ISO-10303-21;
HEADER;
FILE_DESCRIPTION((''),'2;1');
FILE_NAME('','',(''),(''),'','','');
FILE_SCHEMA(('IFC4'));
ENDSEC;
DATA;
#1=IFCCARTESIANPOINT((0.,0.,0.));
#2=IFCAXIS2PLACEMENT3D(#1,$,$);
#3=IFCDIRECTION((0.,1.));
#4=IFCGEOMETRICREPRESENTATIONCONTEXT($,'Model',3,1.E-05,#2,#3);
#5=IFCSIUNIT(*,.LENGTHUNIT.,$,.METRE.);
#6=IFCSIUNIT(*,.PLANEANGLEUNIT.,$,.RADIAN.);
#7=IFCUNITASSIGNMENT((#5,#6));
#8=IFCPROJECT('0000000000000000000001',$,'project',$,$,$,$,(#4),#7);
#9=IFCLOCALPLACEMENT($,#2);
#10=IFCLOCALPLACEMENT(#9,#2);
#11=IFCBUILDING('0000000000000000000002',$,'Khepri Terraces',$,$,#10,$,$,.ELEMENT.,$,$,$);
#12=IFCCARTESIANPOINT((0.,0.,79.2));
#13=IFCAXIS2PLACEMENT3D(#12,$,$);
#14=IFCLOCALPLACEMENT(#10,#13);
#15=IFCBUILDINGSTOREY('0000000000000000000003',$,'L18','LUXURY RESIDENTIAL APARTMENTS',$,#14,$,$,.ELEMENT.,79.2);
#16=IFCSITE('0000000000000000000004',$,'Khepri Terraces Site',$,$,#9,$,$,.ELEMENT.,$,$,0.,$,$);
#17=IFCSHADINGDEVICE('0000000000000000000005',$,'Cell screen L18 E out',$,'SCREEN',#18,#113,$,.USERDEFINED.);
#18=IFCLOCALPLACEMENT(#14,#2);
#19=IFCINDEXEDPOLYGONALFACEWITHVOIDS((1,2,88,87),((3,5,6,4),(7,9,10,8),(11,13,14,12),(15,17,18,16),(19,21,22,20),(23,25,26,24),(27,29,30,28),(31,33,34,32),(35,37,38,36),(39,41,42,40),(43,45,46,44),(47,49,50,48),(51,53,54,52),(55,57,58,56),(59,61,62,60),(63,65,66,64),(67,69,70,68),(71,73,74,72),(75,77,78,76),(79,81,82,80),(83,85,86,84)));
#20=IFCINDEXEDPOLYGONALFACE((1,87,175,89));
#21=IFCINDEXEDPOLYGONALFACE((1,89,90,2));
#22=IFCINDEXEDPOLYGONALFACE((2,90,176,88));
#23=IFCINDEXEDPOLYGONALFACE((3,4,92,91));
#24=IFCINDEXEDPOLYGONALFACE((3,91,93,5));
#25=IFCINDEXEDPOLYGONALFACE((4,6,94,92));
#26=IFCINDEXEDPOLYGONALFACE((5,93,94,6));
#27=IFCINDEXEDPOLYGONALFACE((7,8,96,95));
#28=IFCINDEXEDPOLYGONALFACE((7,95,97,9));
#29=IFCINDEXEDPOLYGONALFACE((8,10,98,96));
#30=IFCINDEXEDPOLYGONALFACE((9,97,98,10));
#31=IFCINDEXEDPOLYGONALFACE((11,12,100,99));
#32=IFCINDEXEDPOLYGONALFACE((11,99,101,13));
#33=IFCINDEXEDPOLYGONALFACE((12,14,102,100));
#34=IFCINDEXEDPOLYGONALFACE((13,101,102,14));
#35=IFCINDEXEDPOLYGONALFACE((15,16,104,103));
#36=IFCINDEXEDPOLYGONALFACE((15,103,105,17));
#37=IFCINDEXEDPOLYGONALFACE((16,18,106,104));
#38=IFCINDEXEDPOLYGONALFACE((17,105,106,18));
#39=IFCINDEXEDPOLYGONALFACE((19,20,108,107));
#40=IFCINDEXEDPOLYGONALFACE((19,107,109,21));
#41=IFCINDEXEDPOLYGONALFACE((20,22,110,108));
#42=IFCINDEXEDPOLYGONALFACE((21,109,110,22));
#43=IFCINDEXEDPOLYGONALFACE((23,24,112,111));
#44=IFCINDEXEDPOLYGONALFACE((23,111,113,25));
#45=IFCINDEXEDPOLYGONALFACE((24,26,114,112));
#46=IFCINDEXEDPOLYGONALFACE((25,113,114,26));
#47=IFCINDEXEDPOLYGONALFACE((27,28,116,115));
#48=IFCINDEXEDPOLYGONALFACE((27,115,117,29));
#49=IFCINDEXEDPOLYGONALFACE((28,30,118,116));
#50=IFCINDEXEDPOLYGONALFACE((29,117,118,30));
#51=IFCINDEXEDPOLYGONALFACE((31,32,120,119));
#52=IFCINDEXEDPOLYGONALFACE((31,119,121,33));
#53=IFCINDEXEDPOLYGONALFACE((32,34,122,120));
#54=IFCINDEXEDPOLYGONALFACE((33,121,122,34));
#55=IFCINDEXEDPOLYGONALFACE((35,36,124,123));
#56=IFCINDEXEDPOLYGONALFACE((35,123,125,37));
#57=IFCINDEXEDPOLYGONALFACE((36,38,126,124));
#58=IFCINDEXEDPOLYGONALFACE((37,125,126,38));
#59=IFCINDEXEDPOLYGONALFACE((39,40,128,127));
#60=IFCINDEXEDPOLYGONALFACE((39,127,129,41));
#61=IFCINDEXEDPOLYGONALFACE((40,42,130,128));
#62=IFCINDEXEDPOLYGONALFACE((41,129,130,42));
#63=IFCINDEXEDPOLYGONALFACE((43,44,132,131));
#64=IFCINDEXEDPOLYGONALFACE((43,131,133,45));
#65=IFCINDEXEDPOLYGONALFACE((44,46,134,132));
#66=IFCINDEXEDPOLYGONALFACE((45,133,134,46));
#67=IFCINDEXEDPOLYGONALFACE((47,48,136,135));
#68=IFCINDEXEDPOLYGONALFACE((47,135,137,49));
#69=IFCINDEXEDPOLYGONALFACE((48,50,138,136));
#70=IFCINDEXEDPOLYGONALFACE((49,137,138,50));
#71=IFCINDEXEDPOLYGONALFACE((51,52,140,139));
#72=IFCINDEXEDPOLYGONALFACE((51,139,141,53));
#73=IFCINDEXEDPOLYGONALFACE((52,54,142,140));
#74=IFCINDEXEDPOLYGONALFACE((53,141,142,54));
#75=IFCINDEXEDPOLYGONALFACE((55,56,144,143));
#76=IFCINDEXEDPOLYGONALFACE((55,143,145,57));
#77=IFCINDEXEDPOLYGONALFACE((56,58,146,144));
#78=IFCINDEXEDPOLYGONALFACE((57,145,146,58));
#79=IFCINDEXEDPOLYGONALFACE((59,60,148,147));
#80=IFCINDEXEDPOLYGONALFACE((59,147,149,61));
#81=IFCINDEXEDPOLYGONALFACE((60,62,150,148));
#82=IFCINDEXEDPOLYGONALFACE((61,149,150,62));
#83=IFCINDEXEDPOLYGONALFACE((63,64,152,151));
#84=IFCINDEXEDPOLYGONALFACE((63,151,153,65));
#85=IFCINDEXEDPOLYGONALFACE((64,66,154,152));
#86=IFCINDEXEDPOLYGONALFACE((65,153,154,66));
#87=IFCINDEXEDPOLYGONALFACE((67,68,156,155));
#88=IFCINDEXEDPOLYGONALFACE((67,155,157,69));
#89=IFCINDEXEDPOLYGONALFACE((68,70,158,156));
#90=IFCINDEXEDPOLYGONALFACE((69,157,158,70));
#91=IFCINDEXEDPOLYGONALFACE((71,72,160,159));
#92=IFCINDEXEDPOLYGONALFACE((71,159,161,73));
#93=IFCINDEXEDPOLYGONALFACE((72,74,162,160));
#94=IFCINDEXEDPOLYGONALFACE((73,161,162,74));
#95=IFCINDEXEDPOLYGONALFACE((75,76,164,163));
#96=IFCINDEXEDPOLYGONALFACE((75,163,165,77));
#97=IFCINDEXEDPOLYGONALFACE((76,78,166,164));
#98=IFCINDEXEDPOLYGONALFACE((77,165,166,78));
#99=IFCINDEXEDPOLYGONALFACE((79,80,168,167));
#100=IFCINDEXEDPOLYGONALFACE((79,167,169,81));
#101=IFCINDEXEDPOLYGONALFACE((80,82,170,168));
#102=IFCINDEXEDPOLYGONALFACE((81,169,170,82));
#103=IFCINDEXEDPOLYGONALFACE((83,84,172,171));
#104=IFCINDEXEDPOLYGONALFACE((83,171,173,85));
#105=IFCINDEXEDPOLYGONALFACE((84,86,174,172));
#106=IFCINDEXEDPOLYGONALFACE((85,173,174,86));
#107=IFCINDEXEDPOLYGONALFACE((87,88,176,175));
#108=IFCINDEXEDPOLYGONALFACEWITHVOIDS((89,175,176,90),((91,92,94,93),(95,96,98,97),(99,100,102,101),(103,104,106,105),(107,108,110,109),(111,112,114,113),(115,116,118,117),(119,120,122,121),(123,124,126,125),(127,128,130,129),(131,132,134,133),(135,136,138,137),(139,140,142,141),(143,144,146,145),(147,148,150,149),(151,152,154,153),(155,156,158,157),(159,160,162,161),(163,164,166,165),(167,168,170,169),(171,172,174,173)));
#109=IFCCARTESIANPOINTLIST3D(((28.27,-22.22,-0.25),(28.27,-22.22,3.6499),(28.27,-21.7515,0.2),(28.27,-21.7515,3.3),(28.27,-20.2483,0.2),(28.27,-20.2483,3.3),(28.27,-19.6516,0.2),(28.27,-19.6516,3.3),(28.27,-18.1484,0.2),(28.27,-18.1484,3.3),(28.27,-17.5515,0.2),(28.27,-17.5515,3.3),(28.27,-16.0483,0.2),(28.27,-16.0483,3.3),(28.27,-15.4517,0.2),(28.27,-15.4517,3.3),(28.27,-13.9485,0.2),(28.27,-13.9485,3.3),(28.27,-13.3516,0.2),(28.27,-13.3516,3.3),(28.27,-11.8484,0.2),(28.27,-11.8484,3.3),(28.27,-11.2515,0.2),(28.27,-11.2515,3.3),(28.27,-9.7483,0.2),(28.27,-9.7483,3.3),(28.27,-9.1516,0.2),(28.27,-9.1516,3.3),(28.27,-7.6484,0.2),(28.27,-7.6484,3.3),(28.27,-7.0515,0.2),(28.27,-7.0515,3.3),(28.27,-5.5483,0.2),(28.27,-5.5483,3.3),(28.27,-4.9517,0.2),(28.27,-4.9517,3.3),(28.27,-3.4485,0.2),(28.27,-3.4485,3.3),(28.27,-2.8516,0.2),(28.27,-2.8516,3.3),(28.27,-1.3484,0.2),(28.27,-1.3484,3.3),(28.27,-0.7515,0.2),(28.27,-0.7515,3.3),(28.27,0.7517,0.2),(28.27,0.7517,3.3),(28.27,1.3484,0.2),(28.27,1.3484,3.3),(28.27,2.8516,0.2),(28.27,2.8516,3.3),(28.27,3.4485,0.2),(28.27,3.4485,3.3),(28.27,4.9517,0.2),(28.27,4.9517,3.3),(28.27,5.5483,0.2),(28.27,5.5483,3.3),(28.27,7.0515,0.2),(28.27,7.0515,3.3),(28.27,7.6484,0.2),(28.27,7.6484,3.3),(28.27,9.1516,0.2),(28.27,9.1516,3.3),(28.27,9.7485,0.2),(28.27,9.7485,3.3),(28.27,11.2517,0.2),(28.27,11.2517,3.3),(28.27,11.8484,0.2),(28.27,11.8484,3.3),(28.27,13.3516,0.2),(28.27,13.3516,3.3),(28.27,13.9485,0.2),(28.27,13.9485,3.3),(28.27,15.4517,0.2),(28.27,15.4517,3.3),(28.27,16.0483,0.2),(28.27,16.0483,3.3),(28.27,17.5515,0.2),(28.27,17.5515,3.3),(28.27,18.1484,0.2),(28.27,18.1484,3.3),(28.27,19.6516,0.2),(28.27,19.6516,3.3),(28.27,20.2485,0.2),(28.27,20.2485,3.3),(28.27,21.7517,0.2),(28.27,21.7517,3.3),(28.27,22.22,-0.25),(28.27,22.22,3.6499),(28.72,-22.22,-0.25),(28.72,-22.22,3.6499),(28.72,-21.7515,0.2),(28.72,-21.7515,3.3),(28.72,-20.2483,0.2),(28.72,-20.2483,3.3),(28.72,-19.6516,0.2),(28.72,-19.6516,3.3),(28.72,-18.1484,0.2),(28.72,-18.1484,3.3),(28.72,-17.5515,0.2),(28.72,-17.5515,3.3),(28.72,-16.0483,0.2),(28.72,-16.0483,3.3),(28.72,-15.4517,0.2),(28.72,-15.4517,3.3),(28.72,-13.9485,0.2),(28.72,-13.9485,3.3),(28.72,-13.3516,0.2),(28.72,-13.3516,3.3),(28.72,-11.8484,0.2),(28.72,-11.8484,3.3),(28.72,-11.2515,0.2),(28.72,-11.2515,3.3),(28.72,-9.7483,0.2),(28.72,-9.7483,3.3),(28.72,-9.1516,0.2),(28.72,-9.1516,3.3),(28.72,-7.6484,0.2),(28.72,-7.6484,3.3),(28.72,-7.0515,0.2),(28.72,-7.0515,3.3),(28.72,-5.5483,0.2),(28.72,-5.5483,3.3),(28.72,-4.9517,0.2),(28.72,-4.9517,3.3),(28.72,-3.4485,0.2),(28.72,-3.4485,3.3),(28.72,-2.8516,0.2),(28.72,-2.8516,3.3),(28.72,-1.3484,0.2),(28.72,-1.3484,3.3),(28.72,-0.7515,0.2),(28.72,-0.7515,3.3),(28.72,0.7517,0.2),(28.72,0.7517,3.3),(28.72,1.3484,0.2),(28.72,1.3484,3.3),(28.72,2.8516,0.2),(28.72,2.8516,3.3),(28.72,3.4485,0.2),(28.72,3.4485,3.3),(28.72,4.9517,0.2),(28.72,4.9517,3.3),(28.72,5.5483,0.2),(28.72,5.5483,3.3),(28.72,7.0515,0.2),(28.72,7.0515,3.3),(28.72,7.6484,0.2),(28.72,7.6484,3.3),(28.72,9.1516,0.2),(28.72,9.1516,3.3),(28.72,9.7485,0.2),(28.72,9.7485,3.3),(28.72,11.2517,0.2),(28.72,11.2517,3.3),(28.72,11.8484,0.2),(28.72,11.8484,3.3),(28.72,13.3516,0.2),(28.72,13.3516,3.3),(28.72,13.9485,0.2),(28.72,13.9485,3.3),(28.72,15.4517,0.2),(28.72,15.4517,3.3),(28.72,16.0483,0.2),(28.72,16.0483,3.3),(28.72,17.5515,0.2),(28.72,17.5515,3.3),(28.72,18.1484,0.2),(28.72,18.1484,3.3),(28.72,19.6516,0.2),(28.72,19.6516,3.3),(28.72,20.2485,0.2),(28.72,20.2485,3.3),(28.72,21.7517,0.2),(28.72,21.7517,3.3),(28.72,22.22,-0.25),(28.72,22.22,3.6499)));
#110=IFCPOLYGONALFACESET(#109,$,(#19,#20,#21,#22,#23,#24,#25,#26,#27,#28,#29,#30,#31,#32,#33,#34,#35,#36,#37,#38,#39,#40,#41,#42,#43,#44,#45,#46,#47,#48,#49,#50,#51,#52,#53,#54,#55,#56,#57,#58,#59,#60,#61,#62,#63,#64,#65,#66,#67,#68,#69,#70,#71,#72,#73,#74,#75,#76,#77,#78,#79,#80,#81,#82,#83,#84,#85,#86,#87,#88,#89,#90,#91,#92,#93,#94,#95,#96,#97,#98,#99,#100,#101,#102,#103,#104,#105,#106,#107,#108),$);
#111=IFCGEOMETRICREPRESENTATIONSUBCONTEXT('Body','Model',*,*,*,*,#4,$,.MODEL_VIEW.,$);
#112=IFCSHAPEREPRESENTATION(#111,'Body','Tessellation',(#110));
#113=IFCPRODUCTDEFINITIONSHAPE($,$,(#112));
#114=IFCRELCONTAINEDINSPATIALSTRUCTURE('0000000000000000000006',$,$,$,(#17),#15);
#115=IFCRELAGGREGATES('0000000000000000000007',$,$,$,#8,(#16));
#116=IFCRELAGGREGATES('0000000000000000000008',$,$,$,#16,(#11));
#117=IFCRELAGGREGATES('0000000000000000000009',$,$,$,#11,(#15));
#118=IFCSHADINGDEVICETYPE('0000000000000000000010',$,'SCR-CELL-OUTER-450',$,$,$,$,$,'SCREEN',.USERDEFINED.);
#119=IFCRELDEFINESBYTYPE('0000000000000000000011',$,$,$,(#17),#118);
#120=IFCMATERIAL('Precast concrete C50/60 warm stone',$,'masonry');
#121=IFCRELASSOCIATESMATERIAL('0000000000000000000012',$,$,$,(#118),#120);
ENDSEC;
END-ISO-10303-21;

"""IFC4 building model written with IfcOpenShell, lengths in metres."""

from ifc_helpers import new_model, si_unit, direction, frame, origin, place, context, subcontext, project, spatial, polyline, outline, extrude, material, type_object, element, save


model = new_model("IFC4")

# Units and contexts
model_context = context("Model", 3, precision=1e-05, world=origin(), true_north=direction((0.0, 1.0)))
body_context = subcontext(model_context, "Body", "Model", "MODEL_VIEW")
ifc_project = project(units=[si_unit("LENGTHUNIT", "METRE"), si_unit("PLANEANGLEUNIT", "RADIAN")], contexts=[model_context])

# Site, building, storey
site_placement = place(None, origin())
site = spatial("IfcSite", under=ifc_project, at=site_placement, Name="Khepri Terraces Site", CompositionType="ELEMENT", RefElevation=0.0)
building_placement = place(site_placement, origin())
building = spatial("IfcBuilding", under=site, at=building_placement, Name="Khepri Terraces", CompositionType="ELEMENT")
storey_placement = place(building_placement, frame((0.0, 0.0, 79.2)))
storey = spatial("IfcBuildingStorey", under=building, at=storey_placement, Name="L18", Description="LUXURY RESIDENTIAL APARTMENTS", CompositionType="ELEMENT", Elevation=79.2)

# Shared definitions
ifc_material_1 = material(Name="Precast concrete C50/60 warm stone", Category="masonry")

# Shading device
shading_device_type_1 = type_object("IfcShadingDeviceType", Name="SCR-CELL-OUTER-450", ElementType="SCREEN", PredefinedType="USERDEFINED", material=ifc_material_1)
shading_device_1_placement = place(storey_placement, frame((28.27, -22.22, -0.25), z_axis=(1.0, 0.0, 0.0), x_axis=(0.0, 1.0, 0.0)))
element("IfcShadingDevice", 1, at=shading_device_1_placement, inside=storey, type_object=shading_device_type_1, Name="Cell screen L18 E out", ObjectType="SCREEN", PredefinedType="USERDEFINED", context=body_context, shape_type="SweptSolid", body=[
    extrude(outline(polyline([(0.0, 0.0), (44.4399, 0.0), (44.4399, 3.8999), (0.0, 3.8999), (0.0, 0.0)]), holes=[polyline([(0.4685, 0.45), (1.9717, 0.45), (1.9717, 3.55), (0.4685, 3.55), (0.4685, 0.45)]), polyline([(2.5684, 0.45), (4.0715, 0.45), (4.0715, 3.55), (2.5684, 3.55), (2.5684, 0.45)]), polyline([(4.6685, 0.45), (6.1716, 0.45), (6.1716, 3.55), (4.6685, 3.55), (4.6685, 0.45)]), polyline([(6.7683, 0.45), (8.2715, 0.45), (8.2715, 3.55), (6.7683, 3.55), (6.7683, 0.45)]), polyline([(8.8684, 0.45), (10.3716, 0.45), (10.3716, 3.55), (8.8684, 3.55), (8.8684, 0.45)]), polyline([(10.9685, 0.45), (12.4717, 0.45), (12.4717, 3.55), (10.9685, 3.55), (10.9685, 0.45)]), polyline([(13.0684, 0.45), (14.5715, 0.45), (14.5715, 3.55), (13.0684, 3.55), (13.0684, 0.45)]), polyline([(15.1685, 0.45), (16.6716, 0.45), (16.6716, 3.55), (15.1685, 3.55), (15.1685, 0.45)]), polyline([(17.2683, 0.45), (18.7715, 0.45), (18.7715, 3.55), (17.2683, 3.55), (17.2683, 0.45)]), polyline([(19.3684, 0.45), (20.8716, 0.45), (20.8716, 3.55), (19.3684, 3.55), (19.3684, 0.45)]), polyline([(21.4685, 0.45), (22.9717, 0.45), (22.9717, 3.55), (21.4685, 3.55), (21.4685, 0.45)]), polyline([(23.5684, 0.45), (25.0715, 0.45), (25.0715, 3.55), (23.5684, 3.55), (23.5684, 0.45)]), polyline([(25.6685, 0.45), (27.1716, 0.45), (27.1716, 3.55), (25.6685, 3.55), (25.6685, 0.45)]), polyline([(27.7683, 0.45), (29.2715, 0.45), (29.2715, 3.55), (27.7683, 3.55), (27.7683, 0.45)]), polyline([(29.8684, 0.45), (31.3716, 0.45), (31.3716, 3.55), (29.8684, 3.55), (29.8684, 0.45)]), polyline([(31.9685, 0.45), (33.4717, 0.45), (33.4717, 3.55), (31.9685, 3.55), (31.9685, 0.45)]), polyline([(34.0684, 0.45), (35.5715, 0.45), (35.5715, 3.55), (34.0684, 3.55), (34.0684, 0.45)]), polyline([(36.1685, 0.45), (37.6716, 0.45), (37.6716, 3.55), (36.1685, 3.55), (36.1685, 0.45)]), polyline([(38.2683, 0.45), (39.7715, 0.45), (39.7715, 3.55), (38.2683, 3.55), (38.2683, 0.45)]), polyline([(40.3684, 0.45), (41.8716, 0.45), (41.8716, 3.55), (40.3684, 3.55), (40.3684, 0.45)]), polyline([(42.4685, 0.45), (43.9717, 0.45), (43.9717, 3.55), (42.4685, 3.55), (42.4685, 0.45)])]), origin(), (0.0, 0.0, 1.0), 0.45),
])

save(model, "model.ifc")
